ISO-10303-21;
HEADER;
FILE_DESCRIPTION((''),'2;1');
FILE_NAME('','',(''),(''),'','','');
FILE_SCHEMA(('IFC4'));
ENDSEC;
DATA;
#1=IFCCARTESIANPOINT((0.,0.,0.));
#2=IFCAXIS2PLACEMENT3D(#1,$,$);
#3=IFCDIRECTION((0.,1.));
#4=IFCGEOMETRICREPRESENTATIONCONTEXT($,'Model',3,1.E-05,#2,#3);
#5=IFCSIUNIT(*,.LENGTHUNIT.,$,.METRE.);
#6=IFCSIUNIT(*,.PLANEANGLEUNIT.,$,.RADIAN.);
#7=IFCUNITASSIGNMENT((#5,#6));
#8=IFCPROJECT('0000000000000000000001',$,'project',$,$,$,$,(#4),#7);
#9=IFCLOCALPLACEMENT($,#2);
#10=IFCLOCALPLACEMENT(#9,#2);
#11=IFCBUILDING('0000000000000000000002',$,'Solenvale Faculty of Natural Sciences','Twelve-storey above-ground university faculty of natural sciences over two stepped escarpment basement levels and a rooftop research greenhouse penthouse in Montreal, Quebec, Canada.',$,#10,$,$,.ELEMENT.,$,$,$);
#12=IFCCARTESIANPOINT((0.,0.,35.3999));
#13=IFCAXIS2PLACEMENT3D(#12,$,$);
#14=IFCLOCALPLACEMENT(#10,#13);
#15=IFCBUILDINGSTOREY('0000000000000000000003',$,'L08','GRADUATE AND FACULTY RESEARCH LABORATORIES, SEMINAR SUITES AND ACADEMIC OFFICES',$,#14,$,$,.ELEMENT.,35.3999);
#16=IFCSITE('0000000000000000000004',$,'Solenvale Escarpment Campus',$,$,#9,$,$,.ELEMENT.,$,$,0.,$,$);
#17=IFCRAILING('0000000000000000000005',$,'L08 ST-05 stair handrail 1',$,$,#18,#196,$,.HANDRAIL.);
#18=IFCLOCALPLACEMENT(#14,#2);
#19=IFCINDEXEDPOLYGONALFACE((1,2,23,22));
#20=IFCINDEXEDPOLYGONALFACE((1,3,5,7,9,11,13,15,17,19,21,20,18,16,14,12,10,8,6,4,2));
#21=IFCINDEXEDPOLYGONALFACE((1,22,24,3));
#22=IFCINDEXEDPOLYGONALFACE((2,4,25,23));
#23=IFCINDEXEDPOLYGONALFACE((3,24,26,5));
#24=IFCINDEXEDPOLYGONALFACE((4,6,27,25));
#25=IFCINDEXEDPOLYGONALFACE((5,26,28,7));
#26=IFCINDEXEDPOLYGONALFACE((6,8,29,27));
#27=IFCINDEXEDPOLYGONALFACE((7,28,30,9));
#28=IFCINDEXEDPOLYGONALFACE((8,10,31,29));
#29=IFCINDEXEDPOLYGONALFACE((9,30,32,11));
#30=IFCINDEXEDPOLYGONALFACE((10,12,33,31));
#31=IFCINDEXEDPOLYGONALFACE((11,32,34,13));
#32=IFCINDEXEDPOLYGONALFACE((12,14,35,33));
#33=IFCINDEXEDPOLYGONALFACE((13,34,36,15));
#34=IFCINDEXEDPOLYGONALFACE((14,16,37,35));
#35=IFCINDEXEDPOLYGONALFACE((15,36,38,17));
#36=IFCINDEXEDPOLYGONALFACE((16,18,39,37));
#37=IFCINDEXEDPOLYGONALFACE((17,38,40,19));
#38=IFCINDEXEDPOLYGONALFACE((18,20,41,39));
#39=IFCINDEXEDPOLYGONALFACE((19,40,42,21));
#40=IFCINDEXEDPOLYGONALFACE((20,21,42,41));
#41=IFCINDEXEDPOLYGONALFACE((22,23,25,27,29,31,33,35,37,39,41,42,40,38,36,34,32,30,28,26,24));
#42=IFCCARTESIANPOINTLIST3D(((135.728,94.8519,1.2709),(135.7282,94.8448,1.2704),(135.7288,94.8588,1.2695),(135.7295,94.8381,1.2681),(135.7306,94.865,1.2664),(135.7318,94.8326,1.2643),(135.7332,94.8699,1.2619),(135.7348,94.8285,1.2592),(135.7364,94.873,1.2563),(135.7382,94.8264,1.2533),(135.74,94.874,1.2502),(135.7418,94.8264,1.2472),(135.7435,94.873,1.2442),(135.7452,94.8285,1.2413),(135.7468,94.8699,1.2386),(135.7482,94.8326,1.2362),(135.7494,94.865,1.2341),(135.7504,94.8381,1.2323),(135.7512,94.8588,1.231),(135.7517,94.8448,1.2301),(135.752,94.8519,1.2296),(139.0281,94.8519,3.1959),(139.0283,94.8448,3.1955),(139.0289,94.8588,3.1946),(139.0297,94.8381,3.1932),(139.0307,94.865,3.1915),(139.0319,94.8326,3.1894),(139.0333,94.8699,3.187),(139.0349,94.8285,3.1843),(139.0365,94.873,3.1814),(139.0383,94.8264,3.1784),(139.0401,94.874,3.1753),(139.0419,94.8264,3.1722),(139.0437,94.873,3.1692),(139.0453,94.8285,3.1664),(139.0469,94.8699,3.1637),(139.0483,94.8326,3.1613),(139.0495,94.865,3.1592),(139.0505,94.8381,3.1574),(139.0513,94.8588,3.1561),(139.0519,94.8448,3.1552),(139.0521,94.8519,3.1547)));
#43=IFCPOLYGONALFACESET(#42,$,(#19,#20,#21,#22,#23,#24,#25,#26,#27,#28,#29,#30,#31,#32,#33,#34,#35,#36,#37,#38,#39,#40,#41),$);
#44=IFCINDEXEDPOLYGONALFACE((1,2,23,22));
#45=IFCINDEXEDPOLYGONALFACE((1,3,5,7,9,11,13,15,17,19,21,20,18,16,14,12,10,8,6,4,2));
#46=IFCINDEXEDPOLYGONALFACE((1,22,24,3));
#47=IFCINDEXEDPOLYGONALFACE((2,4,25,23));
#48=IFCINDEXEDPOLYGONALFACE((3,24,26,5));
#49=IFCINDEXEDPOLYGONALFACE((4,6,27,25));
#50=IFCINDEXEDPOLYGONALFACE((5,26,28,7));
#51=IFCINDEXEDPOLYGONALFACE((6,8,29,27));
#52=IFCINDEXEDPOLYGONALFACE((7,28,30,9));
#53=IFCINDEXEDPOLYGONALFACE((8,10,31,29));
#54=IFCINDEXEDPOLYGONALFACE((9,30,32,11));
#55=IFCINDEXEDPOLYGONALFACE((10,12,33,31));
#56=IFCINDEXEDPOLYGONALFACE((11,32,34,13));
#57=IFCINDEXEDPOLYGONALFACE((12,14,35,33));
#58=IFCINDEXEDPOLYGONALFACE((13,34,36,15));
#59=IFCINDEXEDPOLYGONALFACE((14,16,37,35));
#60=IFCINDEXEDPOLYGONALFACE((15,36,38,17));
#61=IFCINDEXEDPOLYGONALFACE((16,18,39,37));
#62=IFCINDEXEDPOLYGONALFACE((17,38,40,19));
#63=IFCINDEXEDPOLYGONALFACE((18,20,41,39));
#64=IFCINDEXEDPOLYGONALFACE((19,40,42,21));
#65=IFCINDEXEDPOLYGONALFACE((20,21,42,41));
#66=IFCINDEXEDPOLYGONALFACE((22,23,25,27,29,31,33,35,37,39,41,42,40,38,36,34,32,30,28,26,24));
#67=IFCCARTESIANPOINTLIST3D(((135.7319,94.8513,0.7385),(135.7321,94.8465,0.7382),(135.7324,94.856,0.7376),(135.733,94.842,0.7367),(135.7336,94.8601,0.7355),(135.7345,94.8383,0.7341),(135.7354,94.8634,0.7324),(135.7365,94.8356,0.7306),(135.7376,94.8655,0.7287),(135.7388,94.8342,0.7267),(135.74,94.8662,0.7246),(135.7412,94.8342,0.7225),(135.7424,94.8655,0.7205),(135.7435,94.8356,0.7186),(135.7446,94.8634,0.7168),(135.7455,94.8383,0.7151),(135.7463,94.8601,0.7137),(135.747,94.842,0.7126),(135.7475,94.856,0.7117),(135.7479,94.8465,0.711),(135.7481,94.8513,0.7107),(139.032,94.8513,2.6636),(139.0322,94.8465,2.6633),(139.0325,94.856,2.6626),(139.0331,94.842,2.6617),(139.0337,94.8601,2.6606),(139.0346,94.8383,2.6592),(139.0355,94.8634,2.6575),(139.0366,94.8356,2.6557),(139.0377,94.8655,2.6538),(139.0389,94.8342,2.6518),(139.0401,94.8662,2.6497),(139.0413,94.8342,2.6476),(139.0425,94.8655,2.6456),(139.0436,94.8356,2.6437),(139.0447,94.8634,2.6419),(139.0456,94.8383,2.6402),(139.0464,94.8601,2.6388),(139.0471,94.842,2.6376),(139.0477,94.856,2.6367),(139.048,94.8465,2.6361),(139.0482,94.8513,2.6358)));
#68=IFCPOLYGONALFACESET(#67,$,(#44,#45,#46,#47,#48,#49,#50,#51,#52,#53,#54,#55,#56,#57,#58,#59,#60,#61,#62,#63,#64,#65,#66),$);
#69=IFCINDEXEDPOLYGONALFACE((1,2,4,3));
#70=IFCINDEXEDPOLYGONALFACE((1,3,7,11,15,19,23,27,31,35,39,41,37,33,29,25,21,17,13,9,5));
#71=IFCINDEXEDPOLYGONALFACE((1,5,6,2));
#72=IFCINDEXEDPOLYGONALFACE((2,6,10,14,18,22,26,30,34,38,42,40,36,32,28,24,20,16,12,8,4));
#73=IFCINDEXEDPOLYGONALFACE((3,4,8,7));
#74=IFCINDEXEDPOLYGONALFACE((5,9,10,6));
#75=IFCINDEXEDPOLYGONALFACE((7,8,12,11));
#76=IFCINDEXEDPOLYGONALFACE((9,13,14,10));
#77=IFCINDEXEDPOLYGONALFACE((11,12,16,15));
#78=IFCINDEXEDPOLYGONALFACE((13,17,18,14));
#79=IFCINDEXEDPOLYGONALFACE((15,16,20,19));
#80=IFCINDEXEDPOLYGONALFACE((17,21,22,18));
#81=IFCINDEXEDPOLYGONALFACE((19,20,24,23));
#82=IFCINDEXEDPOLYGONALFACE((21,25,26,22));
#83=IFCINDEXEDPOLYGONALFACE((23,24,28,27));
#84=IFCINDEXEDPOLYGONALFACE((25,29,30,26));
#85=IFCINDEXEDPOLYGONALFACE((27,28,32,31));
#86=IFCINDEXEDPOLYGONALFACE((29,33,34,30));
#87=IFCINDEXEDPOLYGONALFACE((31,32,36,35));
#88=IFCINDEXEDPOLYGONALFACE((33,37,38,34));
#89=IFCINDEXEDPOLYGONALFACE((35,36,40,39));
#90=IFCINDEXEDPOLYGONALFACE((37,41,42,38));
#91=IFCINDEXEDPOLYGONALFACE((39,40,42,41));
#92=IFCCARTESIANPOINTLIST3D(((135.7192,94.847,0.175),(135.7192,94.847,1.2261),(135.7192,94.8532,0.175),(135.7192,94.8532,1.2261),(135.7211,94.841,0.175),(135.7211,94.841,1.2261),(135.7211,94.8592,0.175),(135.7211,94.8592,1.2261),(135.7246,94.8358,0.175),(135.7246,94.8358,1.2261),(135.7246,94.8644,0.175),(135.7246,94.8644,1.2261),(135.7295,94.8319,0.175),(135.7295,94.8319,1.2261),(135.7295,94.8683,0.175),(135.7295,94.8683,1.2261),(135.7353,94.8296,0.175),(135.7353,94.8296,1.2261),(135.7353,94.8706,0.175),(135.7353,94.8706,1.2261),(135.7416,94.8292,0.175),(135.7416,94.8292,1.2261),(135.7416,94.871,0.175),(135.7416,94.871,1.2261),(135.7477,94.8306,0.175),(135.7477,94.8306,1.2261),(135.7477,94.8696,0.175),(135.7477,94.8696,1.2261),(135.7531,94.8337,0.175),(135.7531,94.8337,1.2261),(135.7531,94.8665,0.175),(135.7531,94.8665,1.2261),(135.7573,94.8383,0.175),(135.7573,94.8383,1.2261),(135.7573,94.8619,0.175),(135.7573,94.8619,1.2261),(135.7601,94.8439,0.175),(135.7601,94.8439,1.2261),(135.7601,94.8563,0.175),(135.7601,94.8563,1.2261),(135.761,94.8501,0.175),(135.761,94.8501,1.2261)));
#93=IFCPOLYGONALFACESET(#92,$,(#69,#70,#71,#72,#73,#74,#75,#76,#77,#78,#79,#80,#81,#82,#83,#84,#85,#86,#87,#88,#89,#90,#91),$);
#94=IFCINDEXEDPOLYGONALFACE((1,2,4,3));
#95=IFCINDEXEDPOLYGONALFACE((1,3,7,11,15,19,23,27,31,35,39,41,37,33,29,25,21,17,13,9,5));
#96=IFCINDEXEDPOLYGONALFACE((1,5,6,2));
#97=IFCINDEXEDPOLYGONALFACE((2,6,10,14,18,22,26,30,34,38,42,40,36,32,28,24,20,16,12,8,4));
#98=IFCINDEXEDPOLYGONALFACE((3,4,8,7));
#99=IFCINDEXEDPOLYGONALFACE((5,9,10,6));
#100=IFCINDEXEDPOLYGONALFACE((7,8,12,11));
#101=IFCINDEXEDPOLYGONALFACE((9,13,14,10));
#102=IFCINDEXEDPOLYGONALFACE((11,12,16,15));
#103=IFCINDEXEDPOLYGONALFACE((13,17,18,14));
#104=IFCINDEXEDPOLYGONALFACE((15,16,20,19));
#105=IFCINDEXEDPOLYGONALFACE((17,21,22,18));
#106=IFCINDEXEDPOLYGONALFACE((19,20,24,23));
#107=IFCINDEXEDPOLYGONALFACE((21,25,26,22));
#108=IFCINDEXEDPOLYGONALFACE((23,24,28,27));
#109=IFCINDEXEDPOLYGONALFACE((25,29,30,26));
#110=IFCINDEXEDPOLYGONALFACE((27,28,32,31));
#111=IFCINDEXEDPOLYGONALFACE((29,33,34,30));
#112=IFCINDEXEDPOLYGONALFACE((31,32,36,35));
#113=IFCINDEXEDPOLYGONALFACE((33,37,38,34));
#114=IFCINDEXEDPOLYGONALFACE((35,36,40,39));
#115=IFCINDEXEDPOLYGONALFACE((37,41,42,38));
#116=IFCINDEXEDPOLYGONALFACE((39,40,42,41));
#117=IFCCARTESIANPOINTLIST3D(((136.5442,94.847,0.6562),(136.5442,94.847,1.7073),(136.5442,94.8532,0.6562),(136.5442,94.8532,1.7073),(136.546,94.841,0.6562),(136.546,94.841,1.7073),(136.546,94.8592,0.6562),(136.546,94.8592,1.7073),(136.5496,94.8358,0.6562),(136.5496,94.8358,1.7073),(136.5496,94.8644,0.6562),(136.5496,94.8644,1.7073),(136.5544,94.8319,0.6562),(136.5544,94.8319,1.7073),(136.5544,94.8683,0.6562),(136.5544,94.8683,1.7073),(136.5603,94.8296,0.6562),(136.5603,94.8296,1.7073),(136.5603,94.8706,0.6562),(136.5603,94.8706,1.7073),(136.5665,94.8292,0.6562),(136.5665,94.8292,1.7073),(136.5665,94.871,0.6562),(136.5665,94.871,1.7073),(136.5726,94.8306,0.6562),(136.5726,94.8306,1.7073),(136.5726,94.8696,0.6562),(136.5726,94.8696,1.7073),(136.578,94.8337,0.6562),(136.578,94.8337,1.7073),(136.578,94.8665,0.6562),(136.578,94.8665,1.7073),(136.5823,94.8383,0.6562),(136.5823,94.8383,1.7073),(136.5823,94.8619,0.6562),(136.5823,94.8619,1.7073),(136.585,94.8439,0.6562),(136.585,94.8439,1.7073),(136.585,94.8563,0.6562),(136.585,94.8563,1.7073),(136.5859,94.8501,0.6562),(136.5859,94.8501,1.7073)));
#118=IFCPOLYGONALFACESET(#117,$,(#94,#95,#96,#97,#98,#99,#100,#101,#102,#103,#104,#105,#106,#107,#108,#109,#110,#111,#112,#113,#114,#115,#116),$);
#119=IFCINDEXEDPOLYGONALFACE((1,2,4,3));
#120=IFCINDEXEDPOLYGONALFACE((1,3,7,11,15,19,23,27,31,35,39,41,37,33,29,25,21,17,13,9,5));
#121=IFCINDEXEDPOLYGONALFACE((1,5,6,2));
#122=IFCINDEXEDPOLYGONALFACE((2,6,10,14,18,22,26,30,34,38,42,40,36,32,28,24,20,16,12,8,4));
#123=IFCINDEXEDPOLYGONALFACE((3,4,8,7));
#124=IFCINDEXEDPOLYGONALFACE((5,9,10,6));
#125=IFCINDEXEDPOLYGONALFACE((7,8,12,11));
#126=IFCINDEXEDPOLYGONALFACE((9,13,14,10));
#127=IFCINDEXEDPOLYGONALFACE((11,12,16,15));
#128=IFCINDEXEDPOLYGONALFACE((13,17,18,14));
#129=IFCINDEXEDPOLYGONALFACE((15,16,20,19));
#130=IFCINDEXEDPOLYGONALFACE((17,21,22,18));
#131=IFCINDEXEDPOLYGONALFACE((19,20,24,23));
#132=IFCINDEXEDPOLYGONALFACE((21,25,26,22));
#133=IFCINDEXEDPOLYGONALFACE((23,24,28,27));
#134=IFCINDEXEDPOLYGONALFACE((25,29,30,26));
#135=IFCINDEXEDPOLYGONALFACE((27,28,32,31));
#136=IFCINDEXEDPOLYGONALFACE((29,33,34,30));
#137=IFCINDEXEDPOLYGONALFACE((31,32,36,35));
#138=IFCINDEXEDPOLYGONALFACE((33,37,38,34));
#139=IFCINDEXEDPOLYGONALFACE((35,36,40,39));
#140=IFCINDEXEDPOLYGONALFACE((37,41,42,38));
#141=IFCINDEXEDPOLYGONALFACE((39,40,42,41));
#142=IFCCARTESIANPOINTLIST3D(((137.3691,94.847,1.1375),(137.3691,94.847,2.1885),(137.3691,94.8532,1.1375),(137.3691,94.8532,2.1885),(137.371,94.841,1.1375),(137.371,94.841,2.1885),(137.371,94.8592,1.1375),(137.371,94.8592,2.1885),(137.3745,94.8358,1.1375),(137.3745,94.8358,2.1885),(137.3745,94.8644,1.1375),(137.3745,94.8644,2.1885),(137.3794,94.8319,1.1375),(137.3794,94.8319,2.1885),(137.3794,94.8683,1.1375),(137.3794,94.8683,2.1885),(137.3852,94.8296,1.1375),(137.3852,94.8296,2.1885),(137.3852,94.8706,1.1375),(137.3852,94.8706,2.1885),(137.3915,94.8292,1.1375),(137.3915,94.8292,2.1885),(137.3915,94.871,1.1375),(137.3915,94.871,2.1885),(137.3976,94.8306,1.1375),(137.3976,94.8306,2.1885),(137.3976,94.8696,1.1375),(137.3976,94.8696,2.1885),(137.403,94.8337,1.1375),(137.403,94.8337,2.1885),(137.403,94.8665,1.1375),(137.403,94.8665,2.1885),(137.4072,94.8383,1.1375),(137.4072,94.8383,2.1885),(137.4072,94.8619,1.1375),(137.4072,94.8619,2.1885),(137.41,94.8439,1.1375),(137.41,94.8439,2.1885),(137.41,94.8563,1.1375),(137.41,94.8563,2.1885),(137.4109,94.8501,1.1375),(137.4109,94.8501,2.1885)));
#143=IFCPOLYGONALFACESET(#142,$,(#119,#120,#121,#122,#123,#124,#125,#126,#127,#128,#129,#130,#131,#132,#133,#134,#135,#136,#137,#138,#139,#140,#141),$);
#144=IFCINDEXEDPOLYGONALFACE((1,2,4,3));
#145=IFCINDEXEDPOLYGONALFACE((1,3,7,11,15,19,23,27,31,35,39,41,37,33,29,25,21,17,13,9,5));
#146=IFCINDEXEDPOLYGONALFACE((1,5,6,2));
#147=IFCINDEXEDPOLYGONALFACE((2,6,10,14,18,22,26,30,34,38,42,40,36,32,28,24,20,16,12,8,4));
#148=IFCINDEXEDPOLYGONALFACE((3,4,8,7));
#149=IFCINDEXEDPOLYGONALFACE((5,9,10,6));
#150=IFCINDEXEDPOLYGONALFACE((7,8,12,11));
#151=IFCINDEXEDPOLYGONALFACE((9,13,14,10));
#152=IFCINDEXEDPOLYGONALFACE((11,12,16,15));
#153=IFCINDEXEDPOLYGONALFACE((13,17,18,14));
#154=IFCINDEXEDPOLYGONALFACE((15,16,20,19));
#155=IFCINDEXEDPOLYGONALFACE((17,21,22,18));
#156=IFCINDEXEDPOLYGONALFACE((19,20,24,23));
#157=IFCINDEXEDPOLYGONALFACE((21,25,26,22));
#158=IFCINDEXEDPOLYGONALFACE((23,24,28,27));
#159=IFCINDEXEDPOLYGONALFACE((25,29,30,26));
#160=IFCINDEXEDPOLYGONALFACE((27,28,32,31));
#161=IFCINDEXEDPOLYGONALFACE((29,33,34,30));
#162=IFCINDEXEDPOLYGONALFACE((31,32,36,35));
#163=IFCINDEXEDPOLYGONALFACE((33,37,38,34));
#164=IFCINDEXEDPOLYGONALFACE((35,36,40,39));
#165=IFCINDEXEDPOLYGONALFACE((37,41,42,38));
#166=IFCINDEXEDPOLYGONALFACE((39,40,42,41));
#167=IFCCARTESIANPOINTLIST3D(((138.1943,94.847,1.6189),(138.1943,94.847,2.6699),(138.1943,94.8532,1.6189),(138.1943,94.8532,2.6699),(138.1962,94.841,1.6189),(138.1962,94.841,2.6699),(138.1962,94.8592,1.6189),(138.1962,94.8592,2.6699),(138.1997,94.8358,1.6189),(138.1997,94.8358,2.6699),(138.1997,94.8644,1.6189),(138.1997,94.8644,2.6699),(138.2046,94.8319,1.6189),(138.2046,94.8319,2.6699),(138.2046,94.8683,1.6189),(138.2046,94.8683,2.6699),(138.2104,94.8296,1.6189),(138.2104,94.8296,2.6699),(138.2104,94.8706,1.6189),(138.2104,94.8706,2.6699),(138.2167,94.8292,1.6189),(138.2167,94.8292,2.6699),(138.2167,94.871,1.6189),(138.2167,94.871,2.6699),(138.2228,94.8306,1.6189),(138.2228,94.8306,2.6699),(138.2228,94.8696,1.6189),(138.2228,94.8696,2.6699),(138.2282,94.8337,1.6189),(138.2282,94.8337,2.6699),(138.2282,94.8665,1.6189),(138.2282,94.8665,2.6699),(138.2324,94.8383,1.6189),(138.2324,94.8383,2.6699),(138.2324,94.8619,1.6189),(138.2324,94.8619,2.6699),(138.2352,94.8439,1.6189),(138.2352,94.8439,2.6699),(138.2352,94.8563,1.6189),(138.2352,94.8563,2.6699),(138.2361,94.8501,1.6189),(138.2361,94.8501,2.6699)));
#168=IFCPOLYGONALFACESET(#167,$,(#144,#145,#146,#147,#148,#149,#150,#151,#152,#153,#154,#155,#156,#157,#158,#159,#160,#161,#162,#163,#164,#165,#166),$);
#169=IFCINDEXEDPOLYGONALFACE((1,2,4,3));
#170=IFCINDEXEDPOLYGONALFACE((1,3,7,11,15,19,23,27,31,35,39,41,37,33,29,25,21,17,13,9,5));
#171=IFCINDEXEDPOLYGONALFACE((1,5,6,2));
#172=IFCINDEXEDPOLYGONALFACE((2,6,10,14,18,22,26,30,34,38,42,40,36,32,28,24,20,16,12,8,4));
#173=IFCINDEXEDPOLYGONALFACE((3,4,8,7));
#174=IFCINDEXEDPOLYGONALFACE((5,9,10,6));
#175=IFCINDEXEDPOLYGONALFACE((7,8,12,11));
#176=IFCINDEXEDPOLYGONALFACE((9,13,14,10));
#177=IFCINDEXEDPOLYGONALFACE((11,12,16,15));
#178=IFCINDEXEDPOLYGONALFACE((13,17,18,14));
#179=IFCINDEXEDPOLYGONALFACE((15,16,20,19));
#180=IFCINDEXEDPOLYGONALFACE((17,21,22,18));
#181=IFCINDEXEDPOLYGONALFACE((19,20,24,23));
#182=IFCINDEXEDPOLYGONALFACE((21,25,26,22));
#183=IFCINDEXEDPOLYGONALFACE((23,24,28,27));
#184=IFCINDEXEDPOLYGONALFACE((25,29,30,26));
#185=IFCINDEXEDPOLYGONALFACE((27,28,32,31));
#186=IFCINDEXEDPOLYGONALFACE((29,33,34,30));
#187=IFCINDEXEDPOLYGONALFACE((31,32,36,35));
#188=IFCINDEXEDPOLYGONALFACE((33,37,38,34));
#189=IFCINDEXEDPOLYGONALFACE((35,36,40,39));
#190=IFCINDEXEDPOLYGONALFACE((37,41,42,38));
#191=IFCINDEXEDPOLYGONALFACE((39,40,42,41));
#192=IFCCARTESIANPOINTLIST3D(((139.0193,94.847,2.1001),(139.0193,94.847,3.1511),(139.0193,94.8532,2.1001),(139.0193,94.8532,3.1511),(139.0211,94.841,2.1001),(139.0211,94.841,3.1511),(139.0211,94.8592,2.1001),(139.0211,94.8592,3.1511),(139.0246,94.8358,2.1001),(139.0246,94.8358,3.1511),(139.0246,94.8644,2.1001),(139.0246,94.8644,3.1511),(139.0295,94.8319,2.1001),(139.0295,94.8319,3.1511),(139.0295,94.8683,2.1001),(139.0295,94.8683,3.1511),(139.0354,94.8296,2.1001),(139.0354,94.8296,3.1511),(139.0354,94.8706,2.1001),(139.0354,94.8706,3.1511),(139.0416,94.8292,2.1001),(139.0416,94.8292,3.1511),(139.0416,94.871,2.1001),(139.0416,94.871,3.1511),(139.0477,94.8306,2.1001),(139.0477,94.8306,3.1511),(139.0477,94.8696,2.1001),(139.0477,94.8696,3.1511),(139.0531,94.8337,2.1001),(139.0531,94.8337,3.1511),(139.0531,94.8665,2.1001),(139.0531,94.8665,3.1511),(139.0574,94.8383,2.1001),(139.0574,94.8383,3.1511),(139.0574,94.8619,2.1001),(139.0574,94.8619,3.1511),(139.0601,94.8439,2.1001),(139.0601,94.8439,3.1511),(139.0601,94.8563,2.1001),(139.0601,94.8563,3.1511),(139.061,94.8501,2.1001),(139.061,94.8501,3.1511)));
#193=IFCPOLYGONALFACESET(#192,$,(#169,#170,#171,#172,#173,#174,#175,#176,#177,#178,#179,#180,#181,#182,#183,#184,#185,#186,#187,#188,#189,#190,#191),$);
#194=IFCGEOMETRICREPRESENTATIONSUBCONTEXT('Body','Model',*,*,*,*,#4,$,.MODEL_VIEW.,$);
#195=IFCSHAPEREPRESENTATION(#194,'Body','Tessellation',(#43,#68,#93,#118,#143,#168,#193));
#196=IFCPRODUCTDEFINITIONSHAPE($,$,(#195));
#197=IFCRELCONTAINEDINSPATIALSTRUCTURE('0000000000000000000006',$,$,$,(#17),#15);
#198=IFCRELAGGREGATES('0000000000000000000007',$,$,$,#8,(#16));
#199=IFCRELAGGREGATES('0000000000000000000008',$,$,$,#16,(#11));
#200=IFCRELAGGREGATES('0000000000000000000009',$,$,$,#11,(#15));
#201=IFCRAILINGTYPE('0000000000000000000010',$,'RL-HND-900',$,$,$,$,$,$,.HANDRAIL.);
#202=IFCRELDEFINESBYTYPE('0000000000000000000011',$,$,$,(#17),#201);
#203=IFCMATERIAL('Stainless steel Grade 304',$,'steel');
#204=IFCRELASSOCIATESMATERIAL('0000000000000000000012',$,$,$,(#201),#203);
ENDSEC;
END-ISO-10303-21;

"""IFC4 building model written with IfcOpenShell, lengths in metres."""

from ifc_helpers import new_model, si_unit, direction, frame, origin, origin_2d, place, context, subcontext, project, spatial, circle, extrude, material, type_object, element, save


model = new_model("IFC4")

# Units and contexts
model_context = context("Model", 3, precision=1e-05, world=origin(), true_north=direction((0.0, 1.0)))
body_context = subcontext(model_context, "Body", "Model", "MODEL_VIEW")
ifc_project = project(units=[si_unit("LENGTHUNIT", "METRE"), si_unit("PLANEANGLEUNIT", "RADIAN")], contexts=[model_context])

# Site, building, storey
site_placement = place(None, origin())
site = spatial("IfcSite", under=ifc_project, at=site_placement, Name="Solenvale Escarpment Campus", CompositionType="ELEMENT", RefElevation=0.0)
building_placement = place(site_placement, origin())
building = spatial("IfcBuilding", under=site, at=building_placement, Name="Solenvale Faculty of Natural Sciences", Description="Twelve-storey above-ground university faculty of natural sciences over two stepped escarpment basement levels and a rooftop research greenhouse penthouse in Montreal, Quebec, Canada.", CompositionType="ELEMENT")
storey_placement = place(building_placement, frame((0.0, 0.0, 35.3999)))
storey = spatial("IfcBuildingStorey", under=building, at=storey_placement, Name="L08", Description="GRADUATE AND FACULTY RESEARCH LABORATORIES, SEMINAR SUITES AND ACADEMIC OFFICES", CompositionType="ELEMENT", Elevation=35.3999)

# Railing
ifc_material_1 = material(Name="Stainless steel Grade 304", Category="steel")
railing_type_1 = type_object("IfcRailingType", Name="RL-HND-900", PredefinedType="HANDRAIL", material=ifc_material_1)
railing_1_placement = place(storey_placement, frame((135.74, 94.8501, 0.175)))
element("IfcRailing", 1, at=railing_1_placement, inside=storey, type_object=railing_type_1, Name="L08 ST-05 stair handrail 1", PredefinedType="HANDRAIL", context=body_context, shape_type="SweptSolid", body=[
    extrude(circle(Radius=0.0239, at=origin_2d()), frame((0.0, 0.0, 1.0752), z_axis=(0.863777, 0.0, 0.503875), x_axis=(0.0, 1.0, 0.0)), (0.0, 0.0, 1.0), 3.8206),
    extrude(circle(Radius=0.0161, at=origin_2d()), frame((0.0, 0.0, 0.5496), z_axis=(0.863777, 0.0, 0.503875), x_axis=(0.0, 1.0, 0.0)), (0.0, 0.0, 1.0), 3.8206),
    extrude(circle(Radius=0.021, at=origin_2d()), origin(), (0.0, 0.0, 1.0), 1.051),
    extrude(circle(Radius=0.021, at=origin_2d()), frame((0.825, 0.0, 0.4812)), (0.0, 0.0, 1.0), 1.051),
    extrude(circle(Radius=0.021, at=origin_2d()), frame((1.6499, 0.0, 0.9624)), (0.0, 0.0, 1.0), 1.051),
    extrude(circle(Radius=0.021, at=origin_2d()), frame((2.4751, 0.0, 1.4438)), (0.0, 0.0, 1.0), 1.051),
    extrude(circle(Radius=0.021, at=origin_2d()), frame((3.3, 0.0, 1.925)), (0.0, 0.0, 1.0), 1.051),
])

save(model, "model.ifc")
